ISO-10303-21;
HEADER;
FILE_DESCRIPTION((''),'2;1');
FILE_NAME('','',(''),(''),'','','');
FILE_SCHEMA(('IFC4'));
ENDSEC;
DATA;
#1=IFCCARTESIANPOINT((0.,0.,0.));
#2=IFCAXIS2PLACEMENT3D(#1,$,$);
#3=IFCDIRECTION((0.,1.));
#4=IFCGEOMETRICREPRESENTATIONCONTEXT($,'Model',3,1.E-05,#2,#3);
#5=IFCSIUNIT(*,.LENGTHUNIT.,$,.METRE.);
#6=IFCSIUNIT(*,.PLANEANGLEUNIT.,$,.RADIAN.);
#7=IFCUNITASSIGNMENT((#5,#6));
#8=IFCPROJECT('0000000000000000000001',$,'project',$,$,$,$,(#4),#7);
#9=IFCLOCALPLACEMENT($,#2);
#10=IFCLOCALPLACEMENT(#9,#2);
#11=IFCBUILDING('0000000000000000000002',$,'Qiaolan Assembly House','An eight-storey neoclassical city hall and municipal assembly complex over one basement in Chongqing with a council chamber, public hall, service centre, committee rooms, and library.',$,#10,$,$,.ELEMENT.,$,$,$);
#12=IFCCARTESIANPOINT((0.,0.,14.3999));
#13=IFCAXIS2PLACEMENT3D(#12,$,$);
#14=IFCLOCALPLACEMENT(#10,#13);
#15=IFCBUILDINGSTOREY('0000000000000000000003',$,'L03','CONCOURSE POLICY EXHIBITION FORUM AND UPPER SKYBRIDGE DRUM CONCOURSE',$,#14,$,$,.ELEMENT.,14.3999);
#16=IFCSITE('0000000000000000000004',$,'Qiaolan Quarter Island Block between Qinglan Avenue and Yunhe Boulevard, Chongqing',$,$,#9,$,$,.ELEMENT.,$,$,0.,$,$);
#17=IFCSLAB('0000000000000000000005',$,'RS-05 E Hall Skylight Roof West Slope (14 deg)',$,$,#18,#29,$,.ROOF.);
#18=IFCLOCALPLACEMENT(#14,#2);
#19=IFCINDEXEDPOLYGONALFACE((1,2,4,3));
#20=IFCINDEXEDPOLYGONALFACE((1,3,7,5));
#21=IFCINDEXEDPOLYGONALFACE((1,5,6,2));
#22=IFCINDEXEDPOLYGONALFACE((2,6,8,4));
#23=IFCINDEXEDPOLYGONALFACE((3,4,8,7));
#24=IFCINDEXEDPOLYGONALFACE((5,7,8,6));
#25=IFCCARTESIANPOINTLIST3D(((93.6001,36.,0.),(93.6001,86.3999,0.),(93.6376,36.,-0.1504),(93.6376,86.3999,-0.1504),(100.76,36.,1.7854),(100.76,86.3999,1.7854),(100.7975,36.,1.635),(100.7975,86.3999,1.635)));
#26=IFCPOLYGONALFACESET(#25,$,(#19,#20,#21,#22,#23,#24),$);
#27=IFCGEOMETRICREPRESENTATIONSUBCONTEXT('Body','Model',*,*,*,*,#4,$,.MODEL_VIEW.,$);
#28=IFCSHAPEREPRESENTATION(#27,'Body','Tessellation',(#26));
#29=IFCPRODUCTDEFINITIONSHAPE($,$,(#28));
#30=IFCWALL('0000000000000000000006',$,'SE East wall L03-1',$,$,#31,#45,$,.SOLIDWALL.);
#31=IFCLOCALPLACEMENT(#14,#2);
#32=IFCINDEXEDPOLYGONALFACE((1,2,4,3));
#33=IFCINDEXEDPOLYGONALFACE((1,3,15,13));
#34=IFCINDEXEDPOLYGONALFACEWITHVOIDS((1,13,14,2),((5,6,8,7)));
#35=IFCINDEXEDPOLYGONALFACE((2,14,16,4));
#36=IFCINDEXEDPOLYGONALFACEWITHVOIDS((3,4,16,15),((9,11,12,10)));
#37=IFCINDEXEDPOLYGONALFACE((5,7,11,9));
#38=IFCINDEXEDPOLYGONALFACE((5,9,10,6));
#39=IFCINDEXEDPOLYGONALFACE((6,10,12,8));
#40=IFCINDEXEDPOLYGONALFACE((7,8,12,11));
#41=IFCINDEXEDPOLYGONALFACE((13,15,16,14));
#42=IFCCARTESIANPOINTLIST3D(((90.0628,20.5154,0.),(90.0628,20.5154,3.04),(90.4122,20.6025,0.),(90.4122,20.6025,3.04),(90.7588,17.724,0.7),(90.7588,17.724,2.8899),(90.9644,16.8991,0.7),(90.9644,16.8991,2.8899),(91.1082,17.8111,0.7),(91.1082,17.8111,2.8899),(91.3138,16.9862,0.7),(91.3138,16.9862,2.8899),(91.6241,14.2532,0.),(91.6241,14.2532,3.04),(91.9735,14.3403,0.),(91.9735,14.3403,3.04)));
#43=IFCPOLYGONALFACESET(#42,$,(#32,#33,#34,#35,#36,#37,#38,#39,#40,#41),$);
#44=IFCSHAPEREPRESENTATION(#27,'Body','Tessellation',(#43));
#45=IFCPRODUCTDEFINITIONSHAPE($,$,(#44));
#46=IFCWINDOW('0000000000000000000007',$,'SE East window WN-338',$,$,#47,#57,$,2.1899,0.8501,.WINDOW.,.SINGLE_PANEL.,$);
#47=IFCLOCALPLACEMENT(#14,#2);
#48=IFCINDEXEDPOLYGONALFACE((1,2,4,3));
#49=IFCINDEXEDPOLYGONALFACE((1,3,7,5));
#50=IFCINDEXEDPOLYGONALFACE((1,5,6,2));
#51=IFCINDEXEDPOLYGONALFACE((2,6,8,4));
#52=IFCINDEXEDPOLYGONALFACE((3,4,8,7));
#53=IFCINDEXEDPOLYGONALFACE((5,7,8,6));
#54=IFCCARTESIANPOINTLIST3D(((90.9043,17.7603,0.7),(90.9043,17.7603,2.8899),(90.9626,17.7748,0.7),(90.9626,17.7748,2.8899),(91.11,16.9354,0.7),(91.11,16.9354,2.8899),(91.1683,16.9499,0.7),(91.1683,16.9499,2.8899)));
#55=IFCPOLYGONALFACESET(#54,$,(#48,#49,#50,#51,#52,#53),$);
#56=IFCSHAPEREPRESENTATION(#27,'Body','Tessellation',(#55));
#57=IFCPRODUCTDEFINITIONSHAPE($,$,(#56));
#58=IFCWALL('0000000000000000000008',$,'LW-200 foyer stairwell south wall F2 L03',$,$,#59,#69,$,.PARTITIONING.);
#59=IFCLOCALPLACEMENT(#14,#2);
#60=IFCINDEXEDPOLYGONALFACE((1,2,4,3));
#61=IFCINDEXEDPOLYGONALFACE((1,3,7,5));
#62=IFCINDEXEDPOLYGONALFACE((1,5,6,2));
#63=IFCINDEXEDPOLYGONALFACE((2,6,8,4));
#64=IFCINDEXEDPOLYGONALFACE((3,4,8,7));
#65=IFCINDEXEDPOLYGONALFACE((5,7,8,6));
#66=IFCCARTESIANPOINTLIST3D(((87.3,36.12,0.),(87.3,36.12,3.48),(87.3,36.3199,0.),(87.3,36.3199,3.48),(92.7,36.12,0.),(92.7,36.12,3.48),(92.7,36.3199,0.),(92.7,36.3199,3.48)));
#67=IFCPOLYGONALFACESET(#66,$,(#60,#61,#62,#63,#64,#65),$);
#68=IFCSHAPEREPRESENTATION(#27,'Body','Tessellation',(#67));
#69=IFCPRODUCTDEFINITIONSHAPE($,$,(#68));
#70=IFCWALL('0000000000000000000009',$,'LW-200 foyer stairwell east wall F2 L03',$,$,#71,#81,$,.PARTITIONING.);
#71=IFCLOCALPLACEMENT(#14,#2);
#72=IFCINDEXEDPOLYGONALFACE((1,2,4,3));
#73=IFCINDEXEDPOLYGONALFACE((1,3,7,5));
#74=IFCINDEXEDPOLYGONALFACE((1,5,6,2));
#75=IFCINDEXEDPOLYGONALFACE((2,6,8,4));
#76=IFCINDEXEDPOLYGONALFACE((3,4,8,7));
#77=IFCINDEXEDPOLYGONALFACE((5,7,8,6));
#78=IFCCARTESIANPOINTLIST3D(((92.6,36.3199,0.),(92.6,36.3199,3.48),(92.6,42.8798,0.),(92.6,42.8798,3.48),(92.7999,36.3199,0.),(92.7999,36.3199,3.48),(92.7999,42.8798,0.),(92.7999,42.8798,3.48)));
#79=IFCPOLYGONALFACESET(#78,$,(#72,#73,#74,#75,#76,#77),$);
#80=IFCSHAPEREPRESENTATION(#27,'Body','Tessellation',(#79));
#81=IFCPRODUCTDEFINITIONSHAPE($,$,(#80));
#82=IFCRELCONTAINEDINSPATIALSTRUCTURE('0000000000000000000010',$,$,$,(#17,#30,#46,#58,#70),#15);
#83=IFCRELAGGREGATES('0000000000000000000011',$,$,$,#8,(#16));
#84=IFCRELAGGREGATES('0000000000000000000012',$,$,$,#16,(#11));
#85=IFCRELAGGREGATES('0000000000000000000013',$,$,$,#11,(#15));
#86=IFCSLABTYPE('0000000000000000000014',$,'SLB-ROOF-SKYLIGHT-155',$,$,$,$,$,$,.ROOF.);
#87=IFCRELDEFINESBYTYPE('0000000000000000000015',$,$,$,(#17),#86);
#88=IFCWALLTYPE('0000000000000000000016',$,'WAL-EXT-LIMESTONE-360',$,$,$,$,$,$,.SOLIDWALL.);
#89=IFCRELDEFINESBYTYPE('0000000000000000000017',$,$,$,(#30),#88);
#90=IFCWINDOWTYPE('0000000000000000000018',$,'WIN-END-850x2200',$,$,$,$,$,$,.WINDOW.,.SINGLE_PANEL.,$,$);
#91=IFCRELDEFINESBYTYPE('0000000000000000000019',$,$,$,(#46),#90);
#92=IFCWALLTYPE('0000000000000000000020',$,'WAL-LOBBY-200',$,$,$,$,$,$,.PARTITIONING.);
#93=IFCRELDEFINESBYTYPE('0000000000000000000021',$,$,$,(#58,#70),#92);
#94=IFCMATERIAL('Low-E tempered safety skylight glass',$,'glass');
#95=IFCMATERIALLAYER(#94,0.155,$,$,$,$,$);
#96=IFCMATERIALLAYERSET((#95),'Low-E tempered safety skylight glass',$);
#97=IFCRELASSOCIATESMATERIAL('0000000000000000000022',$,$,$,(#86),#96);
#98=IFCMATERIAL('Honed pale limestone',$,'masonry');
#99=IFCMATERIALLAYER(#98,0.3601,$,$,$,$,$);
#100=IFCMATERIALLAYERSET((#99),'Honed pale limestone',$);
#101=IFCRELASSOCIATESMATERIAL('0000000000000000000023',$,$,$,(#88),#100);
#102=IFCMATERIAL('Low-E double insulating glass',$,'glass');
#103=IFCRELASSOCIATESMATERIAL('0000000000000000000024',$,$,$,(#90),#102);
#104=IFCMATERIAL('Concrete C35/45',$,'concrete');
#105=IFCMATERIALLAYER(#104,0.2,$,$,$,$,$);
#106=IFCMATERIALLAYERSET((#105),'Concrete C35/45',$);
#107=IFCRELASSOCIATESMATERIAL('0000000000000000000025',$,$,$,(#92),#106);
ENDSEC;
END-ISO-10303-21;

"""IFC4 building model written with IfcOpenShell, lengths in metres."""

from ifc_helpers import new_model, si_unit, direction, frame, frame_2d, origin, place, context, subcontext, project, spatial, polyline, rectangle, outline, extrude, material, layer, layer_set, type_object, element, fill, save


model = new_model("IFC4")

# Units and contexts
model_context = context("Model", 3, precision=1e-05, world=origin(), true_north=direction((0.0, 1.0)))
body_context = subcontext(model_context, "Body", "Model", "MODEL_VIEW")
ifc_project = project(units=[si_unit("LENGTHUNIT", "METRE"), si_unit("PLANEANGLEUNIT", "RADIAN")], contexts=[model_context])

# Site, building, storey
site_placement = place(None, origin())
site = spatial("IfcSite", under=ifc_project, at=site_placement, Name="Qiaolan Quarter Island Block between Qinglan Avenue and Yunhe Boulevard, Chongqing", CompositionType="ELEMENT", RefElevation=0.0)
building_placement = place(site_placement, origin())
building = spatial("IfcBuilding", under=site, at=building_placement, Name="Qiaolan Assembly House", Description="An eight-storey neoclassical city hall and municipal assembly complex over one basement in Chongqing with a council chamber, public hall, service centre, committee rooms, and library.", CompositionType="ELEMENT")
storey_placement = place(building_placement, frame((0.0, 0.0, 14.3999)))
storey = spatial("IfcBuildingStorey", under=building, at=storey_placement, Name="L03", Description="CONCOURSE POLICY EXHIBITION FORUM AND UPPER SKYBRIDGE DRUM CONCOURSE", CompositionType="ELEMENT", Elevation=14.3999)

# Shared definitions
ifc_material_1 = material(Name="Low-E double insulating glass", Category="glass")

# Slab
ifc_material_2 = material(Name="Low-E tempered safety skylight glass", Category="glass")
ifc_layer_1 = layer(ifc_material_2, 0.155)
ifc_layer_set_1 = layer_set([ifc_layer_1], Name="Low-E tempered safety skylight glass")
slab_type = type_object("IfcSlabType", Name="SLB-ROOF-SKYLIGHT-155", PredefinedType="ROOF", material=ifc_layer_set_1)
slab_placement = place(storey_placement, frame((93.6001, 36.0, 0.0), z_axis=(-0.241952, 0.0, 0.970288), x_axis=(0.970288, 0.0, 0.241952)))
element("IfcSlab", 1, at=slab_placement, inside=storey, type_object=slab_type, Name="RS-05 E Hall Skylight Roof West Slope (14 deg)", PredefinedType="ROOF", context=body_context, shape_type="SweptSolid", body=[
    extrude(outline(polyline([(0.0, 0.0), (7.3792, 0.0), (7.3792, 50.3999), (0.0, 50.3999), (0.0, 0.0)])), origin(), (0.0, 0.0, -1.0), 0.155),
])

# Wall, opening, window
ifc_material_3 = material(Name="Honed pale limestone", Category="masonry")
ifc_layer_2 = layer(ifc_material_3, 0.3601)
ifc_layer_set_2 = layer_set([ifc_layer_2], Name="Honed pale limestone")
wall_type_1 = type_object("IfcWallType", Name="WAL-EXT-LIMESTONE-360", PredefinedType="SOLIDWALL", material=ifc_layer_set_2)
wall_1_placement = place(storey_placement, frame((91.7988, 14.2966, 0.0), z_axis=(0.0, 0.0, 1.0), x_axis=(-0.241913, 0.970298, 0.0)))
wall_1 = element("IfcWall", 2, at=wall_1_placement, inside=storey, type_object=wall_type_1, Name="SE East wall L03-1", PredefinedType="SOLIDWALL", context=body_context, shape_type="SweptSolid", body=[
    extrude(rectangle(XDim=6.4539, YDim=0.3601, at=frame_2d((3.2271, 0.0))), origin(), (0.0, 0.0, 1.0), 3.04),
])
opening_placement = place(wall_1_placement, frame((2.7271, 0.0, 0.7)))
opening = element("IfcOpeningElement", 3, at=opening_placement, cuts=wall_1, PredefinedType="OPENING", context=body_context, shape_type="SweptSolid", body=[
    extrude(rectangle(XDim=0.8501, YDim=2.1899, at=frame_2d((0.425, 1.095))), frame((0.0, 0.1899, 0.0), z_axis=(0.0, -1.0, 0.0), x_axis=(1.0, 0.0, 0.0)), (0.0, 0.0, 1.0), 0.3801),
])
window_type = type_object("IfcWindowType", Name="WIN-END-850x2200", PartitioningType="SINGLE_PANEL", PredefinedType="WINDOW", material=ifc_material_1)
window_placement = place(opening_placement, origin())
window = element("IfcWindow", 4, at=window_placement, inside=storey, type_object=window_type, Name="SE East window WN-338", OverallHeight=2.1899, OverallWidth=0.8501, PartitioningType="SINGLE_PANEL", PredefinedType="WINDOW", context=body_context, shape_type="SweptSolid", body=[
    extrude(rectangle(XDim=0.8501, YDim=2.1899, at=frame_2d((0.425, 1.095))), frame((0.0, 0.03, 0.0), z_axis=(0.0, -1.0, 0.0), x_axis=(1.0, 0.0, 0.0)), (0.0, 0.0, 1.0), 0.0601),
])
fill(opening, window)

# Walls
ifc_material_4 = material(Name="Concrete C35/45", Category="concrete")
ifc_layer_3 = layer(ifc_material_4, 0.2)
ifc_layer_set_3 = layer_set([ifc_layer_3], Name="Concrete C35/45")
wall_type_2 = type_object("IfcWallType", Name="WAL-LOBBY-200", PredefinedType="PARTITIONING", material=ifc_layer_set_3)
wall_2_placement = place(storey_placement, frame((92.7, 36.22, 0.0), z_axis=(0.0, 0.0, 1.0), x_axis=(-1.0, 0.0, 0.0)))
element("IfcWall", 5, at=wall_2_placement, inside=storey, type_object=wall_type_2, Name="LW-200 foyer stairwell south wall F2 L03", PredefinedType="PARTITIONING", context=body_context, shape_type="SweptSolid", body=[
    extrude(rectangle(XDim=5.3999, YDim=0.2, at=frame_2d((2.7, 0.0))), origin(), (0.0, 0.0, 1.0), 3.48),
])
wall_3_placement = place(storey_placement, frame((92.7, 36.3201, 0.0), z_axis=(0.0, 0.0, 1.0), x_axis=(0.0, 1.0, 0.0)))
element("IfcWall", 6, at=wall_3_placement, inside=storey, type_object=wall_type_2, Name="LW-200 foyer stairwell east wall F2 L03", PredefinedType="PARTITIONING", context=body_context, shape_type="SweptSolid", body=[
    extrude(rectangle(XDim=6.5598, YDim=0.2, at=frame_2d((3.2798, 0.0))), origin(), (0.0, 0.0, 1.0), 3.48),
])

save(model, "model.ifc")
